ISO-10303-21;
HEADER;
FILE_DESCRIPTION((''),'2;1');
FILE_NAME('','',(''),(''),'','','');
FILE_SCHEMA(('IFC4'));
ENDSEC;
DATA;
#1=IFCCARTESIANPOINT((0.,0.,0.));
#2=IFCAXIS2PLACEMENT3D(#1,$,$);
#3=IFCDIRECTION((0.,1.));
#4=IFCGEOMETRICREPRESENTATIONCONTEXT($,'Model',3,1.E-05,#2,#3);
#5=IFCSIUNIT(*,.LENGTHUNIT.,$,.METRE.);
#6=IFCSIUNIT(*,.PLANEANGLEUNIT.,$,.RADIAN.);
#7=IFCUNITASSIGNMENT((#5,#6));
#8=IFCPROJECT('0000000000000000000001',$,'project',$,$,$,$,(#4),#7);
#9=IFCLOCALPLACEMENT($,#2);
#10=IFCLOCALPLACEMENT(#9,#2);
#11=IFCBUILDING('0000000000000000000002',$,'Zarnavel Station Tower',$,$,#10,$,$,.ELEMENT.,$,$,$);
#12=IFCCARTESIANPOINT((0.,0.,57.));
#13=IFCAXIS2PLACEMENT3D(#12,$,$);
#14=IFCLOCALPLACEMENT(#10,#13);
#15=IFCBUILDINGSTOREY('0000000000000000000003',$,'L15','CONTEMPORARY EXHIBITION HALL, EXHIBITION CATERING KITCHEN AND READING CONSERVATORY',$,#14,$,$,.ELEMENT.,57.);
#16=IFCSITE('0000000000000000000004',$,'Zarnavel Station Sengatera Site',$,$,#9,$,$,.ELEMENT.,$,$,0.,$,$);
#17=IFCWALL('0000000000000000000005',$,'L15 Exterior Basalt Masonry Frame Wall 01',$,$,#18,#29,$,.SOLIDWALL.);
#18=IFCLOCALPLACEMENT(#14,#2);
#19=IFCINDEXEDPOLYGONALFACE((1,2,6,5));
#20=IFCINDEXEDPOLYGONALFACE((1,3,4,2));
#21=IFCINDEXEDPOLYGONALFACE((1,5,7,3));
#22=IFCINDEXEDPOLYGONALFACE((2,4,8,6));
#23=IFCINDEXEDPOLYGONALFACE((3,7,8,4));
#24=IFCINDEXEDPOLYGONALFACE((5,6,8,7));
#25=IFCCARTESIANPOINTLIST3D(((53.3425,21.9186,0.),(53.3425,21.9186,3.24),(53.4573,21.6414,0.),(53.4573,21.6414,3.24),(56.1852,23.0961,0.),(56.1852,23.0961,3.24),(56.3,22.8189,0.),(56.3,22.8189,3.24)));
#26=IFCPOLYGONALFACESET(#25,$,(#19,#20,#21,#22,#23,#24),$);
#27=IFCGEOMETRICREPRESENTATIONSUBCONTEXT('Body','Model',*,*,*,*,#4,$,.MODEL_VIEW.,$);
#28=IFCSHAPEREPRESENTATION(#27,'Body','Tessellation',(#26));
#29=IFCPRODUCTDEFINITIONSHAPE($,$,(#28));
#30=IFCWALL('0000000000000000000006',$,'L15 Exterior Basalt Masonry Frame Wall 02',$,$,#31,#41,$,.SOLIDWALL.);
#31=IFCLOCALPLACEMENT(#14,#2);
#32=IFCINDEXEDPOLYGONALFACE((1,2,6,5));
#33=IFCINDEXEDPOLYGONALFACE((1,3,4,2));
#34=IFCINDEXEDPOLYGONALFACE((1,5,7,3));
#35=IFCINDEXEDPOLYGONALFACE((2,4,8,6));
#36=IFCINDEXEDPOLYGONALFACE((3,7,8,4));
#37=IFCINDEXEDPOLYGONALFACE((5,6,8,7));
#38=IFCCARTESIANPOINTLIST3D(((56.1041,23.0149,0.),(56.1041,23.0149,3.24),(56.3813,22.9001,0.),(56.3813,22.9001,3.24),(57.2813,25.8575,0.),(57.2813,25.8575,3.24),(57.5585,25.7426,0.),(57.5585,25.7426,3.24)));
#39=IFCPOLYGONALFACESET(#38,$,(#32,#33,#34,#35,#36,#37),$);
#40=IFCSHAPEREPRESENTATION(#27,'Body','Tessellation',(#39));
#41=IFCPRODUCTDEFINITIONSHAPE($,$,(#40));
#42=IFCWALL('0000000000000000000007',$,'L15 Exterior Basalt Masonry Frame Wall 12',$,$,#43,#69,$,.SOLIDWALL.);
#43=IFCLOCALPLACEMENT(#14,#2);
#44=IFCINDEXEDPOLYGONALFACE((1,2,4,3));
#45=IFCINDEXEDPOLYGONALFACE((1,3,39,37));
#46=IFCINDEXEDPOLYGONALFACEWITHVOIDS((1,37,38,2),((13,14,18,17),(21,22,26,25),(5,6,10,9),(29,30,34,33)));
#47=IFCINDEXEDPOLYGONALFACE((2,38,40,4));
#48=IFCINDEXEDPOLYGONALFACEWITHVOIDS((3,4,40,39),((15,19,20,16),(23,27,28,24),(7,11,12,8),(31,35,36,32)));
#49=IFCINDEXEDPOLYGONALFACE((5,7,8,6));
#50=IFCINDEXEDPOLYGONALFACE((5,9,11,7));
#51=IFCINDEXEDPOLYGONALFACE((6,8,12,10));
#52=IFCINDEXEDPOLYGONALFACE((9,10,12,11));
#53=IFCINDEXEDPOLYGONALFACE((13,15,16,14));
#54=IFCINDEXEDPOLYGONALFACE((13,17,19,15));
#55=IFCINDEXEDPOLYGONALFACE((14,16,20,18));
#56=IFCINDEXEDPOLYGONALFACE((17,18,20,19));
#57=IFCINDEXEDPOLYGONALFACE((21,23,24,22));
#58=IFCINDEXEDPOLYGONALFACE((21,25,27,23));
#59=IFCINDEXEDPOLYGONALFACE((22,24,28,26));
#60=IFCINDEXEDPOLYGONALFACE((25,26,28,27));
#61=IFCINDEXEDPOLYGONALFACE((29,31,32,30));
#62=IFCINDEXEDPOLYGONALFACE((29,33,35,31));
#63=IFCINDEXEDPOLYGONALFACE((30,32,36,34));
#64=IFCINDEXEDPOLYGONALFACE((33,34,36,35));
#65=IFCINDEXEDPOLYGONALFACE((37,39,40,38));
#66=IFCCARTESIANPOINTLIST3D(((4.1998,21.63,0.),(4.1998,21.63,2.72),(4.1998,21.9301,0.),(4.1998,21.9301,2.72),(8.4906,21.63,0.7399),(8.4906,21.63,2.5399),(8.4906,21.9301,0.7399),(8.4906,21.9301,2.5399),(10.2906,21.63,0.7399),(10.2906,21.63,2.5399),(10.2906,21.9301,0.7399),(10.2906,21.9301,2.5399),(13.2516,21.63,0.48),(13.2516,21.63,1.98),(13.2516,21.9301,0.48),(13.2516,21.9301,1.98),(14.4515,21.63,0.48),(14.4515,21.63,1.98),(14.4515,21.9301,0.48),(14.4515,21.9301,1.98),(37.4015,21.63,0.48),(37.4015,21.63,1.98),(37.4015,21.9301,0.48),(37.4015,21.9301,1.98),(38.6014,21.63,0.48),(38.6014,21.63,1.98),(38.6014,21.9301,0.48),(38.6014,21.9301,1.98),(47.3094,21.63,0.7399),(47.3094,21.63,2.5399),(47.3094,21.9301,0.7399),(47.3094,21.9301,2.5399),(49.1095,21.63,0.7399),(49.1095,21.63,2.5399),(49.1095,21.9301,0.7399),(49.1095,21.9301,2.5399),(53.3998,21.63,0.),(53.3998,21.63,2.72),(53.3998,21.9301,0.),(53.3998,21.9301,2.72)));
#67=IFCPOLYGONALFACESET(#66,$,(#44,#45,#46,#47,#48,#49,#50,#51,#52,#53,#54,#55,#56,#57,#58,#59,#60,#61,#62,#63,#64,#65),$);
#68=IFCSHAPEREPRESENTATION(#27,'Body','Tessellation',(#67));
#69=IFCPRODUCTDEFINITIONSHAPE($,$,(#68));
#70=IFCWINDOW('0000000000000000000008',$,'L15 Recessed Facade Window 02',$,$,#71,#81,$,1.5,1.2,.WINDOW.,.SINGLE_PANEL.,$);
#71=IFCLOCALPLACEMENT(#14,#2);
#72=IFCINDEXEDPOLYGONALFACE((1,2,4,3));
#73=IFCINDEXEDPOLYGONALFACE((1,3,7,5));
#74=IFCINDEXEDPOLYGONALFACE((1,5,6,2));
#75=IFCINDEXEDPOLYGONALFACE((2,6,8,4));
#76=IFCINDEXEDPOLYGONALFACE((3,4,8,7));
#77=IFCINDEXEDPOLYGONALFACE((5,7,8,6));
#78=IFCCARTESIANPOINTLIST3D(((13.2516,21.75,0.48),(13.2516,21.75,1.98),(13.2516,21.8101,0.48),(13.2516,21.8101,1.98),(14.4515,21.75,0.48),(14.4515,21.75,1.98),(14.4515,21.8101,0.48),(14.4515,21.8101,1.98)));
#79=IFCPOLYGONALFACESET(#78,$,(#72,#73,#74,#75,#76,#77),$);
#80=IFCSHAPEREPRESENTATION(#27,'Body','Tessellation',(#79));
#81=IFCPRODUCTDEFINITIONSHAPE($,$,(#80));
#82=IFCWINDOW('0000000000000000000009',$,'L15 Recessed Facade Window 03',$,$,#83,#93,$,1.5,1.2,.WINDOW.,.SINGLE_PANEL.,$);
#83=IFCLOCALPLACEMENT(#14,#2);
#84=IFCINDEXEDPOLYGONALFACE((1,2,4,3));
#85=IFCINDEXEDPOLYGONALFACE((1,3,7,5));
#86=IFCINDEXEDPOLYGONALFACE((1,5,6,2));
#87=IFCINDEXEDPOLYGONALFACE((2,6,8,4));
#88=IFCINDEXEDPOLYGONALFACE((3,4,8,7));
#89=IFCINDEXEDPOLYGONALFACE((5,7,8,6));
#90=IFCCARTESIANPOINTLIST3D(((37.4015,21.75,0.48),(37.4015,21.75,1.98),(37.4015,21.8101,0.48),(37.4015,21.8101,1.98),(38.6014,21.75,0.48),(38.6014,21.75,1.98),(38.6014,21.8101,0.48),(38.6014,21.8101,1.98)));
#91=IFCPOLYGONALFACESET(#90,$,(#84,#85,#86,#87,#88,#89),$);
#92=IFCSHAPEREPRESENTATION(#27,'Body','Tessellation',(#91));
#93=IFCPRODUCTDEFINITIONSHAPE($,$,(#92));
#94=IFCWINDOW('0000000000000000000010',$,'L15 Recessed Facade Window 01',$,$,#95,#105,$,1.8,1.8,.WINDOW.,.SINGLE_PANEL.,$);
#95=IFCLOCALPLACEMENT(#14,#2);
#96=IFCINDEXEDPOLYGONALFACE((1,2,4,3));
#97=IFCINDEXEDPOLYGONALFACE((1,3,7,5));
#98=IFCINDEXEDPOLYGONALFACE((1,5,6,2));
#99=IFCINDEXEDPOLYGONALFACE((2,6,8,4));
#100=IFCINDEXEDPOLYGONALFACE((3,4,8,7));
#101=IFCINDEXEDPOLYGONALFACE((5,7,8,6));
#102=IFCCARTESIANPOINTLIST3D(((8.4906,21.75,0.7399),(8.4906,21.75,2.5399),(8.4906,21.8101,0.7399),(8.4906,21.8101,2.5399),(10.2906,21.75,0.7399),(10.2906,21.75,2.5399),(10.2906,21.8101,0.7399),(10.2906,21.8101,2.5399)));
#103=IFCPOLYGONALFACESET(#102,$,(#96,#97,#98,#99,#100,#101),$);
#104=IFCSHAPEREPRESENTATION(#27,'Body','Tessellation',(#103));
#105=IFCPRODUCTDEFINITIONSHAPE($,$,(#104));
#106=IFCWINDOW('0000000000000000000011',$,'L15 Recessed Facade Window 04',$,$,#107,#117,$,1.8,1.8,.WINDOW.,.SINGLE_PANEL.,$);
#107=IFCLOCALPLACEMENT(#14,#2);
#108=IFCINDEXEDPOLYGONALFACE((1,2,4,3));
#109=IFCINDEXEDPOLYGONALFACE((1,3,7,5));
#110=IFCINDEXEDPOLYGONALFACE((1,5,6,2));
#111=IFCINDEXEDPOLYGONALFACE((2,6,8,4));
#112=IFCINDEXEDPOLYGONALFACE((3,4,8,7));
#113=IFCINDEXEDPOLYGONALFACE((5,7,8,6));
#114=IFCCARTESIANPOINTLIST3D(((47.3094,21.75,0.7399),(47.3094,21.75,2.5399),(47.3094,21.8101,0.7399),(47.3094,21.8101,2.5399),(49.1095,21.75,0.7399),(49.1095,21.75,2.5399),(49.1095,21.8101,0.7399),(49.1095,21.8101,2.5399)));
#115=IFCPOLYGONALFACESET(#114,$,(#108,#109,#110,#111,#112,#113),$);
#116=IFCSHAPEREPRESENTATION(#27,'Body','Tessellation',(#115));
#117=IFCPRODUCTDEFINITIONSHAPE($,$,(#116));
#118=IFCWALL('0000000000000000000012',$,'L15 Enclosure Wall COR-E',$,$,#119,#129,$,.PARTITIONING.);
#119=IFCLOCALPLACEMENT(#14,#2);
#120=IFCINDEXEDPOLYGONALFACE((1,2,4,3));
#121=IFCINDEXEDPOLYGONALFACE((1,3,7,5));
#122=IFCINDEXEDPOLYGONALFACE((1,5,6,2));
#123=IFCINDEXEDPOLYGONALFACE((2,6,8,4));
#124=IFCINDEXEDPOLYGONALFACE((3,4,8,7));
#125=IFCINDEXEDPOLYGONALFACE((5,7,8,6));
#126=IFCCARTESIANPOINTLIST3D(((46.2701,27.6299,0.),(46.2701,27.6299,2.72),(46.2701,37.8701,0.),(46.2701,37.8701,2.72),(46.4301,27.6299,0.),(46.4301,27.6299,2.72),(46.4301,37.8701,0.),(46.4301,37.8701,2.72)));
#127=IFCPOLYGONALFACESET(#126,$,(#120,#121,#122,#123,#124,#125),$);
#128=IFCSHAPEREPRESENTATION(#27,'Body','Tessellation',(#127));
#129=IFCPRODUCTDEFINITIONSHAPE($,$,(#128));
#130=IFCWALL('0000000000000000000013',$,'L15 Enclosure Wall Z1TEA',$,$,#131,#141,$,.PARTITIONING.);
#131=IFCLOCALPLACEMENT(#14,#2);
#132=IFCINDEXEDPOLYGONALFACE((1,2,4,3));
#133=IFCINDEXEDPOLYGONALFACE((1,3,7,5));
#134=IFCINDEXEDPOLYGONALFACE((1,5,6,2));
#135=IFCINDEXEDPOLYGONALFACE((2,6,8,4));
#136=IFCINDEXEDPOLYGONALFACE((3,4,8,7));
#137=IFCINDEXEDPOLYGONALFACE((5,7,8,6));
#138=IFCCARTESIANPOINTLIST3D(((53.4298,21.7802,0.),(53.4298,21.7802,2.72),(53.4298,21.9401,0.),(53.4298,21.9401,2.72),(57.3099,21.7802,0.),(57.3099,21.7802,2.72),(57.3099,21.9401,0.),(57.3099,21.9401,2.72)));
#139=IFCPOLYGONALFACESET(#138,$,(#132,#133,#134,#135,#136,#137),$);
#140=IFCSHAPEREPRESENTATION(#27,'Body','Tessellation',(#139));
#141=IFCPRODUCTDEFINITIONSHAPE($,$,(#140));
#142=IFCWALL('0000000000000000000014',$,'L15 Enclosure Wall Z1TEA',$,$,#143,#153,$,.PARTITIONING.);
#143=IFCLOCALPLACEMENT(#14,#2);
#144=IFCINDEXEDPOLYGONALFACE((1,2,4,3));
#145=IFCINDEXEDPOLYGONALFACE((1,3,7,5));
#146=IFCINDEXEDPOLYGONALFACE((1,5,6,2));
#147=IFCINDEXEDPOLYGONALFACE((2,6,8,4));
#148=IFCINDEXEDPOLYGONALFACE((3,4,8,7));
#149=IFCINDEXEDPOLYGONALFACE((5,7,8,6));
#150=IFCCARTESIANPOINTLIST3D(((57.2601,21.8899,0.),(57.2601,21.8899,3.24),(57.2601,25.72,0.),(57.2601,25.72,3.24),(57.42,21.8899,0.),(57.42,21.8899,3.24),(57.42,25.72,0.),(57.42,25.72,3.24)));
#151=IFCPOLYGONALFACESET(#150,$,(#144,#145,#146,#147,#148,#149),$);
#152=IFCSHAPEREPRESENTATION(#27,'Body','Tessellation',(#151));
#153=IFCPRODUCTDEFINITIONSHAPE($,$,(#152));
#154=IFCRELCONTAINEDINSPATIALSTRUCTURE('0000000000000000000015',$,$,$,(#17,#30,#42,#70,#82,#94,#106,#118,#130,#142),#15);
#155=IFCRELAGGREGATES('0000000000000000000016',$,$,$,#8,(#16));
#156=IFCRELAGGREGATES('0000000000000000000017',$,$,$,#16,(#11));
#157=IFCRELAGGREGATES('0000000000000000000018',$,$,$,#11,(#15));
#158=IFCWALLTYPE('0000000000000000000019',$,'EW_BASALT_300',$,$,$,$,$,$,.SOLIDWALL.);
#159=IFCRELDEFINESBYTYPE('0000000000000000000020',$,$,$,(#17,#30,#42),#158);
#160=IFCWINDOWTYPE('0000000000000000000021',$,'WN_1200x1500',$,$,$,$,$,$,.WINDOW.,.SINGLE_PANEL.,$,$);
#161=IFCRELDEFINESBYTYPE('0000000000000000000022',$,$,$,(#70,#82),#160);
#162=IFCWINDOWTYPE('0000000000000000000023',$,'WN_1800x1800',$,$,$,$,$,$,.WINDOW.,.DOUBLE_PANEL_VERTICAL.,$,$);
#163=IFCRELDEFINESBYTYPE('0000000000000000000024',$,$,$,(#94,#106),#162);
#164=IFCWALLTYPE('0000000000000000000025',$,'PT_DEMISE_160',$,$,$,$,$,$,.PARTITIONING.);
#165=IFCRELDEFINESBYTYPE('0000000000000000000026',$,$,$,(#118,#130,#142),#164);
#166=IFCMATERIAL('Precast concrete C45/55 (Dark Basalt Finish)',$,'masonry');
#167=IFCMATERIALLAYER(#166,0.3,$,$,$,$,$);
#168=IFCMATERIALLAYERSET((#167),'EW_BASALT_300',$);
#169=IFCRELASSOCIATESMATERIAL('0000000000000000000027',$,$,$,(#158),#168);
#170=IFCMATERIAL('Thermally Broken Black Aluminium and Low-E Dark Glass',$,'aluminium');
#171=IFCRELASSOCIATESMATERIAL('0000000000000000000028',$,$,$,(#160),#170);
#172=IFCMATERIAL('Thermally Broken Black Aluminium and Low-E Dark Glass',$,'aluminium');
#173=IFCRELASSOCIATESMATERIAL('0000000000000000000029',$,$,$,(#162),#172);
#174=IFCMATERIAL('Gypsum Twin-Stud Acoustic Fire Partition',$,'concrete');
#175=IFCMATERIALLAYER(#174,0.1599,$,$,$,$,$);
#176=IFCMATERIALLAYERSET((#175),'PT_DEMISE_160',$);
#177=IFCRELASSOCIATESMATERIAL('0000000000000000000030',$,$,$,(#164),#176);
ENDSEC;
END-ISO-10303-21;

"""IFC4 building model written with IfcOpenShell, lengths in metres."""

from ifc_helpers import new_model, si_unit, direction, frame, frame_2d, origin, place, context, subcontext, project, spatial, rectangle, extrude, material, layer, layer_set, type_object, element, fill, save


model = new_model("IFC4")

# Units and contexts
model_context = context("Model", 3, precision=1e-05, world=origin(), true_north=direction((0.0, 1.0)))
body_context = subcontext(model_context, "Body", "Model", "MODEL_VIEW")
ifc_project = project(units=[si_unit("LENGTHUNIT", "METRE"), si_unit("PLANEANGLEUNIT", "RADIAN")], contexts=[model_context])

# Site, building, storey
site_placement = place(None, origin())
site = spatial("IfcSite", under=ifc_project, at=site_placement, Name="Zarnavel Station Sengatera Site", CompositionType="ELEMENT", RefElevation=0.0)
building_placement = place(site_placement, origin())
building = spatial("IfcBuilding", under=site, at=building_placement, Name="Zarnavel Station Tower", CompositionType="ELEMENT")
storey_placement = place(building_placement, frame((0.0, 0.0, 57.0)))
storey = spatial("IfcBuildingStorey", under=building, at=storey_placement, Name="L15", Description="CONTEMPORARY EXHIBITION HALL, EXHIBITION CATERING KITCHEN AND READING CONSERVATORY", CompositionType="ELEMENT", Elevation=57.0)

# Walls
ifc_material_1 = material(Name="Precast concrete C45/55 (Dark Basalt Finish)", Category="masonry")
ifc_layer_1 = layer(ifc_material_1, 0.3)
ifc_layer_set_1 = layer_set([ifc_layer_1], Name="EW_BASALT_300")
wall_type_1 = type_object("IfcWallType", Name="EW_BASALT_300", PredefinedType="SOLIDWALL", material=ifc_layer_set_1)
wall_1_placement = place(storey_placement, frame((56.2427, 22.9575, 0.0), z_axis=(0.0, 0.0, 1.0), x_axis=(-0.923882, -0.382676, 0.0)))
element("IfcWall", 1, at=wall_1_placement, inside=storey, type_object=wall_type_1, Name="L15 Exterior Basalt Masonry Frame Wall 01", PredefinedType="SOLIDWALL", context=body_context, shape_type="SweptSolid", body=[
    extrude(rectangle(XDim=3.0769, YDim=0.3, at=frame_2d((1.5386, 0.0))), origin(), (0.0, 0.0, 1.0), 3.24),
])
wall_2_placement = place(storey_placement, frame((57.4199, 25.8, 0.0), z_axis=(0.0, 0.0, 1.0), x_axis=(-0.382637, -0.923899, 0.0)))
element("IfcWall", 2, at=wall_2_placement, inside=storey, type_object=wall_type_1, Name="L15 Exterior Basalt Masonry Frame Wall 02", PredefinedType="SOLIDWALL", context=body_context, shape_type="SweptSolid", body=[
    extrude(rectangle(XDim=3.0767, YDim=0.3, at=frame_2d((1.5383, 0.0))), origin(), (0.0, 0.0, 1.0), 3.24),
])

# Wall, openings, windows
wall_3_placement = place(storey_placement, frame((53.3999, 21.78, 0.0), z_axis=(0.0, 0.0, 1.0), x_axis=(-1.0, 0.0, 0.0)))
wall_3 = element("IfcWall", 3, at=wall_3_placement, inside=storey, type_object=wall_type_1, Name="L15 Exterior Basalt Masonry Frame Wall 12", PredefinedType="SOLIDWALL", context=body_context, shape_type="SweptSolid", body=[
    extrude(rectangle(XDim=49.2, YDim=0.3, at=frame_2d((24.6001, 0.0))), origin(), (0.0, 0.0, 1.0), 2.72),
])
opening_1_placement = place(wall_3_placement, frame((43.1094, 0.0, 0.74)))
opening_1 = element("IfcOpeningElement", 4, at=opening_1_placement, cuts=wall_3, PredefinedType="OPENING", context=body_context, shape_type="SweptSolid", body=[
    extrude(rectangle(XDim=1.8, YDim=1.8, at=frame_2d((0.8999, 0.8999))), frame((0.0, 0.1599, 0.0), z_axis=(0.0, -1.0, 0.0), x_axis=(1.0, 0.0, 0.0)), (0.0, 0.0, 1.0), 0.3201),
])
opening_2_placement = place(wall_3_placement, frame((38.9482, 0.0, 0.48)))
opening_2 = element("IfcOpeningElement", 5, at=opening_2_placement, cuts=wall_3, PredefinedType="OPENING", context=body_context, shape_type="SweptSolid", body=[
    extrude(rectangle(XDim=1.2, YDim=1.5, at=frame_2d((0.6001, 0.75))), frame((0.0, 0.1599, 0.0), z_axis=(0.0, -1.0, 0.0), x_axis=(1.0, 0.0, 0.0)), (0.0, 0.0, 1.0), 0.3201),
])
opening_3_placement = place(wall_3_placement, frame((14.7983, 0.0, 0.48)))
opening_3 = element("IfcOpeningElement", 6, at=opening_3_placement, cuts=wall_3, PredefinedType="OPENING", context=body_context, shape_type="SweptSolid", body=[
    extrude(rectangle(XDim=1.2, YDim=1.5, at=frame_2d((0.6001, 0.75))), frame((0.0, 0.1599, 0.0), z_axis=(0.0, -1.0, 0.0), x_axis=(1.0, 0.0, 0.0)), (0.0, 0.0, 1.0), 0.3201),
])
opening_4_placement = place(wall_3_placement, frame((4.2905, 0.0, 0.74)))
opening_4 = element("IfcOpeningElement", 7, at=opening_4_placement, cuts=wall_3, PredefinedType="OPENING", context=body_context, shape_type="SweptSolid", body=[
    extrude(rectangle(XDim=1.8, YDim=1.8, at=frame_2d((0.8999, 0.8999))), frame((0.0, 0.1599, 0.0), z_axis=(0.0, -1.0, 0.0), x_axis=(1.0, 0.0, 0.0)), (0.0, 0.0, 1.0), 0.3201),
])
ifc_material_2 = material(Name="Thermally Broken Black Aluminium and Low-E Dark Glass", Category="aluminium")
window_type_1 = type_object("IfcWindowType", Name="WN_1200x1500", PartitioningType="SINGLE_PANEL", PredefinedType="WINDOW", material=ifc_material_2)
window_1_placement = place(opening_2_placement, origin())
window_1 = element("IfcWindow", 8, at=window_1_placement, inside=storey, type_object=window_type_1, Name="L15 Recessed Facade Window 02", OverallHeight=1.5, OverallWidth=1.2, PartitioningType="SINGLE_PANEL", PredefinedType="WINDOW", context=body_context, shape_type="SweptSolid", body=[
    extrude(rectangle(XDim=1.2, YDim=1.5, at=frame_2d((0.6001, 0.75))), frame((0.0, 0.03, 0.0), z_axis=(0.0, -1.0, 0.0), x_axis=(1.0, 0.0, 0.0)), (0.0, 0.0, 1.0), 0.0601),
])
fill(opening_2, window_1)
window_2_placement = place(opening_3_placement, origin())
window_2 = element("IfcWindow", 9, at=window_2_placement, inside=storey, type_object=window_type_1, Name="L15 Recessed Facade Window 03", OverallHeight=1.5, OverallWidth=1.2, PartitioningType="SINGLE_PANEL", PredefinedType="WINDOW", context=body_context, shape_type="SweptSolid", body=[
    extrude(rectangle(XDim=1.2, YDim=1.5, at=frame_2d((0.6001, 0.75))), frame((0.0, 0.03, 0.0), z_axis=(0.0, -1.0, 0.0), x_axis=(1.0, 0.0, 0.0)), (0.0, 0.0, 1.0), 0.0601),
])
fill(opening_3, window_2)
ifc_material_3 = material(Name="Thermally Broken Black Aluminium and Low-E Dark Glass", Category="aluminium")
window_type_2 = type_object("IfcWindowType", Name="WN_1800x1800", PartitioningType="DOUBLE_PANEL_VERTICAL", PredefinedType="WINDOW", material=ifc_material_3)
window_3_placement = place(opening_1_placement, origin())
window_3 = element("IfcWindow", 10, at=window_3_placement, inside=storey, type_object=window_type_2, Name="L15 Recessed Facade Window 01", OverallHeight=1.8, OverallWidth=1.8, PartitioningType="SINGLE_PANEL", PredefinedType="WINDOW", context=body_context, shape_type="SweptSolid", body=[
    extrude(rectangle(XDim=1.8, YDim=1.8, at=frame_2d((0.8999, 0.8999))), frame((0.0, 0.03, 0.0), z_axis=(0.0, -1.0, 0.0), x_axis=(1.0, 0.0, 0.0)), (0.0, 0.0, 1.0), 0.0601),
])
fill(opening_1, window_3)
window_4_placement = place(opening_4_placement, origin())
window_4 = element("IfcWindow", 11, at=window_4_placement, inside=storey, type_object=window_type_2, Name="L15 Recessed Facade Window 04", OverallHeight=1.8, OverallWidth=1.8, PartitioningType="SINGLE_PANEL", PredefinedType="WINDOW", context=body_context, shape_type="SweptSolid", body=[
    extrude(rectangle(XDim=1.8, YDim=1.8, at=frame_2d((0.8999, 0.8999))), frame((0.0, 0.03, 0.0), z_axis=(0.0, -1.0, 0.0), x_axis=(1.0, 0.0, 0.0)), (0.0, 0.0, 1.0), 0.0601),
])
fill(opening_4, window_4)

# Walls
ifc_material_4 = material(Name="Gypsum Twin-Stud Acoustic Fire Partition", Category="concrete")
ifc_layer_2 = layer(ifc_material_4, 0.1599)
ifc_layer_set_2 = layer_set([ifc_layer_2], Name="PT_DEMISE_160")
wall_type_2 = type_object("IfcWallType", Name="PT_DEMISE_160", PredefinedType="PARTITIONING", material=ifc_layer_set_2)
wall_4_placement = place(storey_placement, frame((46.3501, 27.6299, 0.0), z_axis=(0.0, 0.0, 1.0), x_axis=(0.0, 1.0, 0.0)))
element("IfcWall", 12, at=wall_4_placement, inside=storey, type_object=wall_type_2, Name="L15 Enclosure Wall COR-E", PredefinedType="PARTITIONING", context=body_context, shape_type="SweptSolid", body=[
    extrude(rectangle(XDim=10.2402, YDim=0.1599, at=frame_2d((5.1201, 0.0))), origin(), (0.0, 0.0, 1.0), 2.72),
])
wall_5_placement = place(storey_placement, frame((53.4299, 21.8601, 0.0), z_axis=(0.0, 0.0, 1.0), x_axis=(1.0, 0.0, 0.0)))
element("IfcWall", 13, at=wall_5_placement, inside=storey, type_object=wall_type_2, Name="L15 Enclosure Wall Z1TEA", PredefinedType="PARTITIONING", context=body_context, shape_type="SweptSolid", body=[
    extrude(rectangle(XDim=3.8801, YDim=0.1599, at=frame_2d((1.9399, 0.0))), origin(), (0.0, 0.0, 1.0), 2.72),
])
wall_6_placement = place(storey_placement, frame((57.3401, 21.8899, 0.0), z_axis=(0.0, 0.0, 1.0), x_axis=(0.0, 1.0, 0.0)))
element("IfcWall", 14, at=wall_6_placement, inside=storey, type_object=wall_type_2, Name="L15 Enclosure Wall Z1TEA", PredefinedType="PARTITIONING", context=body_context, shape_type="SweptSolid", body=[
    extrude(rectangle(XDim=3.8301, YDim=0.1599, at=frame_2d((1.915, 0.0))), origin(), (0.0, 0.0, 1.0), 3.24),
])

save(model, "model.ifc")
